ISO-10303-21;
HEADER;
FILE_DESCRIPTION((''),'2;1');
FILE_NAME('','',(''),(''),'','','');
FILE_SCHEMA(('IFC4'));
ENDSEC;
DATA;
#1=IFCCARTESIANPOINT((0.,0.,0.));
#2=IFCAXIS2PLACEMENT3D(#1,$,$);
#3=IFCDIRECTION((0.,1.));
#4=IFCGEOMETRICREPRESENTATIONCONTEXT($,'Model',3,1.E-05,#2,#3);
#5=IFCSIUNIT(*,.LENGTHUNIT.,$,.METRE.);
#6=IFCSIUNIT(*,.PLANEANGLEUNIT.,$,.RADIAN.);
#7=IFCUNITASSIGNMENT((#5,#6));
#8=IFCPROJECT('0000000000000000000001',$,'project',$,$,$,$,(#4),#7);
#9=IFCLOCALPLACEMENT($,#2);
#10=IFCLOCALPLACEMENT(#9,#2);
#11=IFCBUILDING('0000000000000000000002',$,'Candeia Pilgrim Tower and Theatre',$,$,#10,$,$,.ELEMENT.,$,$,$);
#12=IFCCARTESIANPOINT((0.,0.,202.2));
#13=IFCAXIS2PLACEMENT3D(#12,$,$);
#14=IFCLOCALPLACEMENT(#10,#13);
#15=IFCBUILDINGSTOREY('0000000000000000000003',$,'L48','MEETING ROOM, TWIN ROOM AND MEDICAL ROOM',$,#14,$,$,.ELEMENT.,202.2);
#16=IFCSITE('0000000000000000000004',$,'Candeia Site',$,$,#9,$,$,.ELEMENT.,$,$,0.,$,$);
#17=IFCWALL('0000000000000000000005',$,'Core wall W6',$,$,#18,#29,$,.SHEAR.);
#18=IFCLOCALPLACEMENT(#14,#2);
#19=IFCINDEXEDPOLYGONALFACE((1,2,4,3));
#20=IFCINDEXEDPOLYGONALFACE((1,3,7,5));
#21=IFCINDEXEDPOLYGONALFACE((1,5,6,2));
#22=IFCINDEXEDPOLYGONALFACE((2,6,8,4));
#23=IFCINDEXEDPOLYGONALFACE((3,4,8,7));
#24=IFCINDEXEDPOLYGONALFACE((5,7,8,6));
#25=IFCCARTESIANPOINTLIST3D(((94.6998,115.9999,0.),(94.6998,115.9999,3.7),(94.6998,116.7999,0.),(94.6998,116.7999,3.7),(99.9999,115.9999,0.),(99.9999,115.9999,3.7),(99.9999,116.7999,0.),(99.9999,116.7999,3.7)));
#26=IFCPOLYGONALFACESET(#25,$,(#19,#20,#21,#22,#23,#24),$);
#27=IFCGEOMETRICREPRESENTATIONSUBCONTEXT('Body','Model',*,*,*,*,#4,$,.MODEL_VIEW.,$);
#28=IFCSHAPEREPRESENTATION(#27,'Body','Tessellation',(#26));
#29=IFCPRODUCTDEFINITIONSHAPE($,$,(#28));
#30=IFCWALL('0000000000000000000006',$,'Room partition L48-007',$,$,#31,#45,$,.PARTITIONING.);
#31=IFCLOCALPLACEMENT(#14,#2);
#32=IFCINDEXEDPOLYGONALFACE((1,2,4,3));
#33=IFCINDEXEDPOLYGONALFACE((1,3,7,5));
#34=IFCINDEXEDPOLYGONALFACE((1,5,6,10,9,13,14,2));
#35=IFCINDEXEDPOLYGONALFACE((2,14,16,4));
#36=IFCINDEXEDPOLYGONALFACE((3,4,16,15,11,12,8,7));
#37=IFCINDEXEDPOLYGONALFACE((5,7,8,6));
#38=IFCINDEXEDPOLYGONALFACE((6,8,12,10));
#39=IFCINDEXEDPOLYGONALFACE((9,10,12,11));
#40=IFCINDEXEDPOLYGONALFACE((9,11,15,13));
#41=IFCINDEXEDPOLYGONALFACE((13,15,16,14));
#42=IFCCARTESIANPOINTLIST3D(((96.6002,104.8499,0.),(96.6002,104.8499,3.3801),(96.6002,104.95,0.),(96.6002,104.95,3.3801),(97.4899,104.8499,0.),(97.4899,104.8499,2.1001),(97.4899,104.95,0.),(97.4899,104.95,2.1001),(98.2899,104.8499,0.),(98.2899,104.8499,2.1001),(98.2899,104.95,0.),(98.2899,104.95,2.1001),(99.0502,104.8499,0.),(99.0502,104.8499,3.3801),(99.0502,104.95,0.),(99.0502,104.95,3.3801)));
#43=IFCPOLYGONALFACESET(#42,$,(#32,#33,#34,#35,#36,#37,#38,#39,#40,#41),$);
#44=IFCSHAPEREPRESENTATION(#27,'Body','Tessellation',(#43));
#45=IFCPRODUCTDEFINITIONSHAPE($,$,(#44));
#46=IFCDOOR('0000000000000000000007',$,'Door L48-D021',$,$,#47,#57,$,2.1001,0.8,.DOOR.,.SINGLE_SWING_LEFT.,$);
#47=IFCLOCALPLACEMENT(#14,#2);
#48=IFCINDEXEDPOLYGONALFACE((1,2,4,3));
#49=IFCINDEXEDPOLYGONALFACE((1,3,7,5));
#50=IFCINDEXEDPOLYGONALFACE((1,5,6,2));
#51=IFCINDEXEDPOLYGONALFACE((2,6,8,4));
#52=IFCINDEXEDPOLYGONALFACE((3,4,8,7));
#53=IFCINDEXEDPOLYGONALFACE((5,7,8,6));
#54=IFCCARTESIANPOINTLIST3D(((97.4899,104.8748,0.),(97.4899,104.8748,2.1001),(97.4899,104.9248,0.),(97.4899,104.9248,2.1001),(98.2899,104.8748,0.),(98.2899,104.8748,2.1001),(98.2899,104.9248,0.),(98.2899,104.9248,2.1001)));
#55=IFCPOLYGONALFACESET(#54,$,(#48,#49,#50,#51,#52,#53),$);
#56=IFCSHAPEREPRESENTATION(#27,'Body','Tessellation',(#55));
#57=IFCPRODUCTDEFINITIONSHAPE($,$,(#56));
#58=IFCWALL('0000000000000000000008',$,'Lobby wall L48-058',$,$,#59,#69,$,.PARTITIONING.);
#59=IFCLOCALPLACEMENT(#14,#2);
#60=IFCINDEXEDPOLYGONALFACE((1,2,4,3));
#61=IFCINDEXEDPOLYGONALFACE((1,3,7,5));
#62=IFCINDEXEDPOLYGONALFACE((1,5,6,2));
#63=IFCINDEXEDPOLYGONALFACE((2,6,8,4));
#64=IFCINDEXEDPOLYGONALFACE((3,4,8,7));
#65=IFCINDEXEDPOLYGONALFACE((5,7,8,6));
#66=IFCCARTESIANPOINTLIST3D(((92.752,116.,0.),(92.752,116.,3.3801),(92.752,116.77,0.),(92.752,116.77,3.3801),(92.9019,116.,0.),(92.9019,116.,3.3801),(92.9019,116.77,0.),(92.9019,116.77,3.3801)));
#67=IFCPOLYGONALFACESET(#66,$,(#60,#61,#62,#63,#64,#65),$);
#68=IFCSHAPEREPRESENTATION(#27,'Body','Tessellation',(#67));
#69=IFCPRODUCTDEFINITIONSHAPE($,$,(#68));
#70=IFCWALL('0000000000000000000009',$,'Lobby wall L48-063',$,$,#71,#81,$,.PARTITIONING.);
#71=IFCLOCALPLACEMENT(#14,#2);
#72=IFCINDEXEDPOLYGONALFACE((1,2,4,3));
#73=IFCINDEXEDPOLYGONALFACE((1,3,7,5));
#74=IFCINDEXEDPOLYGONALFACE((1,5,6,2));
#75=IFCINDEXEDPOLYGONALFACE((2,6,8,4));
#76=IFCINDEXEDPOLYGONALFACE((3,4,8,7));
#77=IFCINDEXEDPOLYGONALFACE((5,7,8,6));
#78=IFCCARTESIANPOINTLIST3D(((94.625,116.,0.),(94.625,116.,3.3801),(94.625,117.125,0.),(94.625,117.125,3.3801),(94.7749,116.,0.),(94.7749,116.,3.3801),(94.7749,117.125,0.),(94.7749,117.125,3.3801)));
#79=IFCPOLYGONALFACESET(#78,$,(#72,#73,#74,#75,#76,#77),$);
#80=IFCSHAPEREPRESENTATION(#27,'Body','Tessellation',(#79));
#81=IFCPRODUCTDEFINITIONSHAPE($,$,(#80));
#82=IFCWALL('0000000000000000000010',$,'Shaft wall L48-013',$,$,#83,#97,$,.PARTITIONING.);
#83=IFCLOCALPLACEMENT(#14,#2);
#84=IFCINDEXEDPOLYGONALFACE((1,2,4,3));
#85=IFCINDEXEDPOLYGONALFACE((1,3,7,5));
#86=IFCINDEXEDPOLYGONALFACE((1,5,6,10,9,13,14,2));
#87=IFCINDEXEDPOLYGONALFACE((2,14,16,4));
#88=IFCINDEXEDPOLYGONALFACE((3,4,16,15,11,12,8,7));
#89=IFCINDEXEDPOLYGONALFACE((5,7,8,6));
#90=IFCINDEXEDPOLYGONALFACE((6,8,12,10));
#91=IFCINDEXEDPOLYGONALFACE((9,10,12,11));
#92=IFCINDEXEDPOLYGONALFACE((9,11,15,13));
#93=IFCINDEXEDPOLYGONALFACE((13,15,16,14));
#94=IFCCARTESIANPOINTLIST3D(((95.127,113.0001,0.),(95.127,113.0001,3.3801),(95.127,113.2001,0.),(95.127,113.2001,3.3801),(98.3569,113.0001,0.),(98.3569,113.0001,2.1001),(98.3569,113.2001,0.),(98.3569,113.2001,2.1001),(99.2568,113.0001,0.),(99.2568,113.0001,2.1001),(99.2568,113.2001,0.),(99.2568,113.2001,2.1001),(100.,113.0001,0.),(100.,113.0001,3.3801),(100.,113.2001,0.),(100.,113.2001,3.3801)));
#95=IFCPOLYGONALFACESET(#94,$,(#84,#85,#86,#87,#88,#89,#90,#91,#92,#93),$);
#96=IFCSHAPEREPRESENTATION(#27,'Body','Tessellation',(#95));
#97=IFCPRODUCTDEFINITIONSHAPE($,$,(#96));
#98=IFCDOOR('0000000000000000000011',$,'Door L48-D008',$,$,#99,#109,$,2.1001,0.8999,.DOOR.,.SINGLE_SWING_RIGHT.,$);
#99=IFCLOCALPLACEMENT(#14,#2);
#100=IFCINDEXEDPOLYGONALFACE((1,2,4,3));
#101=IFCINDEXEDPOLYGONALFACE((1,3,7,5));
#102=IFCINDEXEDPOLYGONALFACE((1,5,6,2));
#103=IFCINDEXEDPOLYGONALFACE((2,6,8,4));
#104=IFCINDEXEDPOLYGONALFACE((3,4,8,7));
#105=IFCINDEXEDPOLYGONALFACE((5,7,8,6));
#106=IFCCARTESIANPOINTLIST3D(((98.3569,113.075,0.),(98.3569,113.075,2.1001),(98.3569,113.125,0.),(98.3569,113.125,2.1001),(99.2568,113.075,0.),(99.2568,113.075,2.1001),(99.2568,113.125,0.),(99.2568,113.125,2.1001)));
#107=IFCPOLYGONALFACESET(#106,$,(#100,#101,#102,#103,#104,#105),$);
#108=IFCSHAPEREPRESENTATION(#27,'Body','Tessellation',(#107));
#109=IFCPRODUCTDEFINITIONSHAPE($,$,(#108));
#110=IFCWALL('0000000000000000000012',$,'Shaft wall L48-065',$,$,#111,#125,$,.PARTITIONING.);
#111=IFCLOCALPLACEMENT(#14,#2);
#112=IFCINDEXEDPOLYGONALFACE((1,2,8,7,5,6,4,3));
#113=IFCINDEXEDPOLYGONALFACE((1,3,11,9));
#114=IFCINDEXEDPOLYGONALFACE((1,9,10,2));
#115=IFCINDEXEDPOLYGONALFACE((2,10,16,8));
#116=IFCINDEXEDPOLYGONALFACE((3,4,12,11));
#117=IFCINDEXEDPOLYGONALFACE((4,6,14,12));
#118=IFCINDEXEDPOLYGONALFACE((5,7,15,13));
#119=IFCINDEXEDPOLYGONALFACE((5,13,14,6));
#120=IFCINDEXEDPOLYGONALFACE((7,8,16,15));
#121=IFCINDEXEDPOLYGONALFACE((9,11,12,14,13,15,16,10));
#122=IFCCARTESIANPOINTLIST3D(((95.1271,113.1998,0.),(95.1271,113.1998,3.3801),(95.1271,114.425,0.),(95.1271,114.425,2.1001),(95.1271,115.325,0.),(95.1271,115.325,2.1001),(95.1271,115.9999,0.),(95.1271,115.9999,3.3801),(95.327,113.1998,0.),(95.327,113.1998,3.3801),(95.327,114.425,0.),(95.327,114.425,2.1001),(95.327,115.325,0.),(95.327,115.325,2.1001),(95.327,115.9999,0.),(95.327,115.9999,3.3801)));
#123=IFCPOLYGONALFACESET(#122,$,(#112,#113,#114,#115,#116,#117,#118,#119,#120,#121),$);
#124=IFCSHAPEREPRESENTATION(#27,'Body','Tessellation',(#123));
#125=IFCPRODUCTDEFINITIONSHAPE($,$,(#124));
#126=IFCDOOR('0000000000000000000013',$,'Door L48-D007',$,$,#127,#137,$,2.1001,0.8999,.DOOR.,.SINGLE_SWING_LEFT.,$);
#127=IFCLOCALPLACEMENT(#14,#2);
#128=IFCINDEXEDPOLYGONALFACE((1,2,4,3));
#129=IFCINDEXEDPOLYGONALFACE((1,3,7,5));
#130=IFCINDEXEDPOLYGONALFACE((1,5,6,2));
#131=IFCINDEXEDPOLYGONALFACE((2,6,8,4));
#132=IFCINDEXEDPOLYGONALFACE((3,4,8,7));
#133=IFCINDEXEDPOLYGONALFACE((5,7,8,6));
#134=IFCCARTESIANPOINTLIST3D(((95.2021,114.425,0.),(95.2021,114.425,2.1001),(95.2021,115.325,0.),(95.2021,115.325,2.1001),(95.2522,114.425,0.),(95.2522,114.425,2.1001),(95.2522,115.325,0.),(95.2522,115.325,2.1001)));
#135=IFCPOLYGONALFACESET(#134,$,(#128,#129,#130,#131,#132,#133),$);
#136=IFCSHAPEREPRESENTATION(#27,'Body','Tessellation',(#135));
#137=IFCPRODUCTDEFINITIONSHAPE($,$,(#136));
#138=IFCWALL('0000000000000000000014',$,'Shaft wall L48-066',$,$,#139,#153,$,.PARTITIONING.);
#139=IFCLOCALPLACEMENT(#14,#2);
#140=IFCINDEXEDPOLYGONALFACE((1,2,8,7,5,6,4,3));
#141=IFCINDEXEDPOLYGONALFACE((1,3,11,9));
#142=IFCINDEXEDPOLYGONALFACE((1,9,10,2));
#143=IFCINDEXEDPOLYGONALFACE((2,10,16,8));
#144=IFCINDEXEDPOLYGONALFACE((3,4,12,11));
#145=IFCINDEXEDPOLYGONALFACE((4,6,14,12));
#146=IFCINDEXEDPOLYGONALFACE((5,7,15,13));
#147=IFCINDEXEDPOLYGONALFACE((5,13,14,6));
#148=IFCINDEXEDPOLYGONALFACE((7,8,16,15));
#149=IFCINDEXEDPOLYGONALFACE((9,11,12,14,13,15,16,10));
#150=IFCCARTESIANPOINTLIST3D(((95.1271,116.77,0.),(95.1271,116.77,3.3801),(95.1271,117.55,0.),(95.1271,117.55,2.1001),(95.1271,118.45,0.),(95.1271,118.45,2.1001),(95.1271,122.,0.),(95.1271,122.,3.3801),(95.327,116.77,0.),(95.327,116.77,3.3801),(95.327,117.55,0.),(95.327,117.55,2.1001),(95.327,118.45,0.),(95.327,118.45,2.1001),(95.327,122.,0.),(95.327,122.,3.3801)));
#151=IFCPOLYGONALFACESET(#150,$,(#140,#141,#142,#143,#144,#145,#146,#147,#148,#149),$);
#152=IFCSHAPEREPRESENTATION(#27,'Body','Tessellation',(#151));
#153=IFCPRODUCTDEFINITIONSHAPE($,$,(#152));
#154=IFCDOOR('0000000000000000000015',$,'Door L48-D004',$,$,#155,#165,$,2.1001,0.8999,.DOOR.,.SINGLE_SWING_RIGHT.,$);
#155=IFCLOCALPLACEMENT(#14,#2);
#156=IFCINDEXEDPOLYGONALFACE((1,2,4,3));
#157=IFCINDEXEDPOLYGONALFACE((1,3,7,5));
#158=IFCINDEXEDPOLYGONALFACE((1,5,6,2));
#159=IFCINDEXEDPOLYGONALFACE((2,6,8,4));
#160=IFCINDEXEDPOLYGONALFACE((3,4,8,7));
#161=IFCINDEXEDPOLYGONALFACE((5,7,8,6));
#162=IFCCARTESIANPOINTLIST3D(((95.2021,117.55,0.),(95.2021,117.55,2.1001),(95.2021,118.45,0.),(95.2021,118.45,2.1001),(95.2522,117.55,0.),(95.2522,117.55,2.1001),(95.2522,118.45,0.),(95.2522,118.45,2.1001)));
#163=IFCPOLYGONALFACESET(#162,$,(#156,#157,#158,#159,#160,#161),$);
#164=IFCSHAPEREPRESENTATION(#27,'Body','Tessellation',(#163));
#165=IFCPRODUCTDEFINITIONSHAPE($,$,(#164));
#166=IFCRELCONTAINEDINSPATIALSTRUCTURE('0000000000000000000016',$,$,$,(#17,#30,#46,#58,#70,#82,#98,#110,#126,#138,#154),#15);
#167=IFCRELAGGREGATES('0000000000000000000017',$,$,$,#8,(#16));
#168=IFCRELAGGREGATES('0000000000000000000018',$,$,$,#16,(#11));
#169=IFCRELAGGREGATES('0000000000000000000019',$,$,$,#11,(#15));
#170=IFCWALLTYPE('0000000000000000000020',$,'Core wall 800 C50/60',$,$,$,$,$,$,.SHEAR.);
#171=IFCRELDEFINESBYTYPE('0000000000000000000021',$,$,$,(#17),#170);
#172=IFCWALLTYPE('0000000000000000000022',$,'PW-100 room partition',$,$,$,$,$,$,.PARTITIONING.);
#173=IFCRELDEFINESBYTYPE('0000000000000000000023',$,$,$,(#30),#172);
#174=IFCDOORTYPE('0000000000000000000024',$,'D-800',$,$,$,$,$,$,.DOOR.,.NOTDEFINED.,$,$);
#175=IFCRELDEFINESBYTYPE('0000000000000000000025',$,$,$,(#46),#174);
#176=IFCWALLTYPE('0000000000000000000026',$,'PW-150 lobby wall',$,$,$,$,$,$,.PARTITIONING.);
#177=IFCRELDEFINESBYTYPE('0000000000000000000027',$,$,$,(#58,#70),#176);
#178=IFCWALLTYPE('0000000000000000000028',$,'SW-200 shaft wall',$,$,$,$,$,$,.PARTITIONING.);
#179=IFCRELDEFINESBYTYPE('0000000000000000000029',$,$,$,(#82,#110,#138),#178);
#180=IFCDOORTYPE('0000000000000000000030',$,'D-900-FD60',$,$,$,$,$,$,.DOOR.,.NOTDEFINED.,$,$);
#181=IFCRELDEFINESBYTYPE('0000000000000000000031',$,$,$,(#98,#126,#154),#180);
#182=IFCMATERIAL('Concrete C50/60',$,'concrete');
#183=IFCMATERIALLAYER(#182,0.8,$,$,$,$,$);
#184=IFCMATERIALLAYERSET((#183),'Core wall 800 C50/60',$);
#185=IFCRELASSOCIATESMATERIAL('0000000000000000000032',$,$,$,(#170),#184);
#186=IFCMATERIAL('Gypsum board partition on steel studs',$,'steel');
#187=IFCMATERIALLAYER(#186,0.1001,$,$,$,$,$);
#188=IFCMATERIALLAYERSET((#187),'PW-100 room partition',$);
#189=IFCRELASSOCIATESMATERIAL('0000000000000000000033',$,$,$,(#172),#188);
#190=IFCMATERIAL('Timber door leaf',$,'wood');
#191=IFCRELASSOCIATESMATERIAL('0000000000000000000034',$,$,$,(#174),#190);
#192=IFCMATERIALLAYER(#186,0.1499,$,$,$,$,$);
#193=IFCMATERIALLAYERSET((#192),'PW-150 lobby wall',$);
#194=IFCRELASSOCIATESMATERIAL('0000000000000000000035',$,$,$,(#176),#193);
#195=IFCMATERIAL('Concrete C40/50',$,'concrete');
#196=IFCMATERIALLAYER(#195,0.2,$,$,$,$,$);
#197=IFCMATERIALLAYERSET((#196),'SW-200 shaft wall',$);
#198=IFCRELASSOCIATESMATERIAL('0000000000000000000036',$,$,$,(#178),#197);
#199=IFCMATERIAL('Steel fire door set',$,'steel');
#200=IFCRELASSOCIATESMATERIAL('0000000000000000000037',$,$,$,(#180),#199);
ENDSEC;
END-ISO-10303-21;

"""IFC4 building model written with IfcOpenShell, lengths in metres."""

from ifc_helpers import new_model, si_unit, direction, frame, frame_2d, origin, place, context, subcontext, project, spatial, rectangle, extrude, material, layer, layer_set, type_object, element, fill, save


model = new_model("IFC4")

# Units and contexts
model_context = context("Model", 3, precision=1e-05, world=origin(), true_north=direction((0.0, 1.0)))
body_context = subcontext(model_context, "Body", "Model", "MODEL_VIEW")
ifc_project = project(units=[si_unit("LENGTHUNIT", "METRE"), si_unit("PLANEANGLEUNIT", "RADIAN")], contexts=[model_context])

# Site, building, storey
site_placement = place(None, origin())
site = spatial("IfcSite", under=ifc_project, at=site_placement, Name="Candeia Site", CompositionType="ELEMENT", RefElevation=0.0)
building_placement = place(site_placement, origin())
building = spatial("IfcBuilding", under=site, at=building_placement, Name="Candeia Pilgrim Tower and Theatre", CompositionType="ELEMENT")
storey_placement = place(building_placement, frame((0.0, 0.0, 202.2)))
storey = spatial("IfcBuildingStorey", under=building, at=storey_placement, Name="L48", Description="MEETING ROOM, TWIN ROOM AND MEDICAL ROOM", CompositionType="ELEMENT", Elevation=202.2)

# Wall
ifc_material_1 = material(Name="Concrete C50/60", Category="concrete")
ifc_layer_1 = layer(ifc_material_1, 0.8)
ifc_layer_set_1 = layer_set([ifc_layer_1], Name="Core wall 800 C50/60")
wall_type_1 = type_object("IfcWallType", Name="Core wall 800 C50/60", PredefinedType="SHEAR", material=ifc_layer_set_1)
wall_1_placement = place(storey_placement, frame((94.7, 116.3999, 0.0), z_axis=(0.0, 0.0, 1.0), x_axis=(1.0, 0.0, 0.0)))
element("IfcWall", 1, at=wall_1_placement, inside=storey, type_object=wall_type_1, Name="Core wall W6", PredefinedType="SHEAR", context=body_context, shape_type="SweptSolid", body=[
    extrude(rectangle(XDim=5.3, YDim=0.8, at=frame_2d((2.6499, 0.0))), origin(), (0.0, 0.0, 1.0), 3.7),
])

# Wall, opening, door
ifc_material_2 = material(Name="Gypsum board partition on steel studs", Category="steel")
ifc_layer_2 = layer(ifc_material_2, 0.1001)
ifc_layer_set_2 = layer_set([ifc_layer_2], Name="PW-100 room partition")
wall_type_2 = type_object("IfcWallType", Name="PW-100 room partition", PredefinedType="PARTITIONING", material=ifc_layer_set_2)
wall_2_placement = place(storey_placement, frame((96.6001, 104.8999, 0.0), z_axis=(0.0, 0.0, 1.0), x_axis=(1.0, 0.0, 0.0)))
wall_2 = element("IfcWall", 2, at=wall_2_placement, inside=storey, type_object=wall_type_2, Name="Room partition L48-007", PredefinedType="PARTITIONING", context=body_context, shape_type="SweptSolid", body=[
    extrude(rectangle(XDim=2.45, YDim=0.1001, at=frame_2d((1.2251, 0.0))), origin(), (0.0, 0.0, 1.0), 3.3801),
])
opening_1_placement = place(wall_2_placement, frame((0.8899, 0.0, 0.0)))
opening_1 = element("IfcOpeningElement", 3, at=opening_1_placement, cuts=wall_2, PredefinedType="OPENING", context=body_context, shape_type="SweptSolid", body=[
    extrude(rectangle(XDim=0.8, YDim=2.1001, at=frame_2d((0.3999, 1.05))), frame((0.0, 0.0601, 0.0), z_axis=(0.0, -1.0, 0.0), x_axis=(1.0, 0.0, 0.0)), (0.0, 0.0, 1.0), 0.1201),
])
ifc_material_3 = material(Name="Timber door leaf", Category="wood")
door_type_1 = type_object("IfcDoorType", Name="D-800", OperationType="NOTDEFINED", PredefinedType="DOOR", material=ifc_material_3)
door_1_placement = place(opening_1_placement, origin())
door_1 = element("IfcDoor", 4, at=door_1_placement, inside=storey, type_object=door_type_1, Name="Door L48-D021", OperationType="SINGLE_SWING_LEFT", OverallHeight=2.1001, OverallWidth=0.8, PredefinedType="DOOR", context=body_context, shape_type="SweptSolid", body=[
    extrude(rectangle(XDim=0.8, YDim=2.1001, at=frame_2d((0.3999, 1.05))), frame((0.0, 0.0249, 0.0), z_axis=(0.0, -1.0, 0.0), x_axis=(1.0, 0.0, 0.0)), (0.0, 0.0, 1.0), 0.05),
])
fill(opening_1, door_1)

# Walls
ifc_layer_3 = layer(ifc_material_2, 0.1499)
ifc_layer_set_3 = layer_set([ifc_layer_3], Name="PW-150 lobby wall")
wall_type_3 = type_object("IfcWallType", Name="PW-150 lobby wall", PredefinedType="PARTITIONING", material=ifc_layer_set_3)
wall_3_placement = place(storey_placement, frame((92.8269, 116.0, 0.0), z_axis=(0.0, 0.0, 1.0), x_axis=(0.0, 1.0, 0.0)))
element("IfcWall", 5, at=wall_3_placement, inside=storey, type_object=wall_type_3, Name="Lobby wall L48-058", PredefinedType="PARTITIONING", context=body_context, shape_type="SweptSolid", body=[
    extrude(rectangle(XDim=0.77, YDim=0.1499, at=frame_2d((0.385, 0.0))), origin(), (0.0, 0.0, 1.0), 3.3801),
])
wall_4_placement = place(storey_placement, frame((94.7, 116.0, 0.0), z_axis=(0.0, 0.0, 1.0), x_axis=(0.0, 1.0, 0.0)))
element("IfcWall", 6, at=wall_4_placement, inside=storey, type_object=wall_type_3, Name="Lobby wall L48-063", PredefinedType="PARTITIONING", context=body_context, shape_type="SweptSolid", body=[
    extrude(rectangle(XDim=1.125, YDim=0.1499, at=frame_2d((0.5625, 0.0))), origin(), (0.0, 0.0, 1.0), 3.3801),
])

# Walls, openings, doors
ifc_material_4 = material(Name="Concrete C40/50", Category="concrete")
ifc_layer_4 = layer(ifc_material_4, 0.2)
ifc_layer_set_4 = layer_set([ifc_layer_4], Name="SW-200 shaft wall")
wall_type_4 = type_object("IfcWallType", Name="SW-200 shaft wall", PredefinedType="PARTITIONING", material=ifc_layer_set_4)
wall_5_placement = place(storey_placement, frame((95.127, 113.1001, 0.0), z_axis=(0.0, 0.0, 1.0), x_axis=(1.0, 0.0, 0.0)))
wall_5 = element("IfcWall", 7, at=wall_5_placement, inside=storey, type_object=wall_type_4, Name="Shaft wall L48-013", PredefinedType="PARTITIONING", context=body_context, shape_type="SweptSolid", body=[
    extrude(rectangle(XDim=4.873, YDim=0.2, at=frame_2d((2.4365, 0.0))), origin(), (0.0, 0.0, 1.0), 3.3801),
])
opening_2_placement = place(wall_5_placement, frame((3.23, 0.0, 0.0)))
opening_2 = element("IfcOpeningElement", 8, at=opening_2_placement, cuts=wall_5, PredefinedType="OPENING", context=body_context, shape_type="SweptSolid", body=[
    extrude(rectangle(XDim=0.8999, YDim=2.1001, at=frame_2d((0.45, 1.05))), frame((0.0, 0.1099, 0.0), z_axis=(0.0, -1.0, 0.0), x_axis=(1.0, 0.0, 0.0)), (0.0, 0.0, 1.0), 0.22),
])
ifc_material_5 = material(Name="Steel fire door set", Category="steel")
door_type_2 = type_object("IfcDoorType", Name="D-900-FD60", OperationType="NOTDEFINED", PredefinedType="DOOR", material=ifc_material_5)
door_2_placement = place(opening_2_placement, origin())
door_2 = element("IfcDoor", 9, at=door_2_placement, inside=storey, type_object=door_type_2, Name="Door L48-D008", OperationType="SINGLE_SWING_RIGHT", OverallHeight=2.1001, OverallWidth=0.8999, PredefinedType="DOOR", context=body_context, shape_type="SweptSolid", body=[
    extrude(rectangle(XDim=0.8999, YDim=2.1001, at=frame_2d((0.45, 1.05))), frame((0.0, 0.0249, 0.0), z_axis=(0.0, -1.0, 0.0), x_axis=(1.0, 0.0, 0.0)), (0.0, 0.0, 1.0), 0.05),
])
fill(opening_2, door_2)
wall_6_placement = place(storey_placement, frame((95.2271, 113.2, 0.0), z_axis=(0.0, 0.0, 1.0), x_axis=(0.0, 1.0, 0.0)))
wall_6 = element("IfcWall", 10, at=wall_6_placement, inside=storey, type_object=wall_type_4, Name="Shaft wall L48-065", PredefinedType="PARTITIONING", context=body_context, shape_type="SweptSolid", body=[
    extrude(rectangle(XDim=2.8, YDim=0.2, at=frame_2d((1.3999, 0.0))), origin(), (0.0, 0.0, 1.0), 3.3801),
])
opening_3_placement = place(wall_6_placement, frame((1.2251, 0.0, 0.0)))
opening_3 = element("IfcOpeningElement", 11, at=opening_3_placement, cuts=wall_6, PredefinedType="OPENING", context=body_context, shape_type="SweptSolid", body=[
    extrude(rectangle(XDim=0.8999, YDim=2.1001, at=frame_2d((0.45, 1.05))), frame((0.0, 0.1099, 0.0), z_axis=(0.0, -1.0, 0.0), x_axis=(1.0, 0.0, 0.0)), (0.0, 0.0, 1.0), 0.22),
])
door_3_placement = place(opening_3_placement, origin())
door_3 = element("IfcDoor", 12, at=door_3_placement, inside=storey, type_object=door_type_2, Name="Door L48-D007", OperationType="SINGLE_SWING_LEFT", OverallHeight=2.1001, OverallWidth=0.8999, PredefinedType="DOOR", context=body_context, shape_type="SweptSolid", body=[
    extrude(rectangle(XDim=0.8999, YDim=2.1001, at=frame_2d((0.45, 1.05))), frame((0.0, 0.0249, 0.0), z_axis=(0.0, -1.0, 0.0), x_axis=(1.0, 0.0, 0.0)), (0.0, 0.0, 1.0), 0.05),
])
fill(opening_3, door_3)
wall_7_placement = place(storey_placement, frame((95.2271, 116.77, 0.0), z_axis=(0.0, 0.0, 1.0), x_axis=(0.0, 1.0, 0.0)))
wall_7 = element("IfcWall", 13, at=wall_7_placement, inside=storey, type_object=wall_type_4, Name="Shaft wall L48-066", PredefinedType="PARTITIONING", context=body_context, shape_type="SweptSolid", body=[
    extrude(rectangle(XDim=5.23, YDim=0.2, at=frame_2d((2.615, 0.0))), origin(), (0.0, 0.0, 1.0), 3.3801),
])
opening_4_placement = place(wall_7_placement, frame((0.78, 0.0, 0.0)))
opening_4 = element("IfcOpeningElement", 14, at=opening_4_placement, cuts=wall_7, PredefinedType="OPENING", context=body_context, shape_type="SweptSolid", body=[
    extrude(rectangle(XDim=0.8999, YDim=2.1001, at=frame_2d((0.45, 1.05))), frame((0.0, 0.1099, 0.0), z_axis=(0.0, -1.0, 0.0), x_axis=(1.0, 0.0, 0.0)), (0.0, 0.0, 1.0), 0.22),
])
door_4_placement = place(opening_4_placement, origin())
door_4 = element("IfcDoor", 15, at=door_4_placement, inside=storey, type_object=door_type_2, Name="Door L48-D004", OperationType="SINGLE_SWING_RIGHT", OverallHeight=2.1001, OverallWidth=0.8999, PredefinedType="DOOR", context=body_context, shape_type="SweptSolid", body=[
    extrude(rectangle(XDim=0.8999, YDim=2.1001, at=frame_2d((0.45, 1.05))), frame((0.0, 0.0249, 0.0), z_axis=(0.0, -1.0, 0.0), x_axis=(1.0, 0.0, 0.0)), (0.0, 0.0, 1.0), 0.05),
])
fill(opening_4, door_4)

save(model, "model.ifc")
